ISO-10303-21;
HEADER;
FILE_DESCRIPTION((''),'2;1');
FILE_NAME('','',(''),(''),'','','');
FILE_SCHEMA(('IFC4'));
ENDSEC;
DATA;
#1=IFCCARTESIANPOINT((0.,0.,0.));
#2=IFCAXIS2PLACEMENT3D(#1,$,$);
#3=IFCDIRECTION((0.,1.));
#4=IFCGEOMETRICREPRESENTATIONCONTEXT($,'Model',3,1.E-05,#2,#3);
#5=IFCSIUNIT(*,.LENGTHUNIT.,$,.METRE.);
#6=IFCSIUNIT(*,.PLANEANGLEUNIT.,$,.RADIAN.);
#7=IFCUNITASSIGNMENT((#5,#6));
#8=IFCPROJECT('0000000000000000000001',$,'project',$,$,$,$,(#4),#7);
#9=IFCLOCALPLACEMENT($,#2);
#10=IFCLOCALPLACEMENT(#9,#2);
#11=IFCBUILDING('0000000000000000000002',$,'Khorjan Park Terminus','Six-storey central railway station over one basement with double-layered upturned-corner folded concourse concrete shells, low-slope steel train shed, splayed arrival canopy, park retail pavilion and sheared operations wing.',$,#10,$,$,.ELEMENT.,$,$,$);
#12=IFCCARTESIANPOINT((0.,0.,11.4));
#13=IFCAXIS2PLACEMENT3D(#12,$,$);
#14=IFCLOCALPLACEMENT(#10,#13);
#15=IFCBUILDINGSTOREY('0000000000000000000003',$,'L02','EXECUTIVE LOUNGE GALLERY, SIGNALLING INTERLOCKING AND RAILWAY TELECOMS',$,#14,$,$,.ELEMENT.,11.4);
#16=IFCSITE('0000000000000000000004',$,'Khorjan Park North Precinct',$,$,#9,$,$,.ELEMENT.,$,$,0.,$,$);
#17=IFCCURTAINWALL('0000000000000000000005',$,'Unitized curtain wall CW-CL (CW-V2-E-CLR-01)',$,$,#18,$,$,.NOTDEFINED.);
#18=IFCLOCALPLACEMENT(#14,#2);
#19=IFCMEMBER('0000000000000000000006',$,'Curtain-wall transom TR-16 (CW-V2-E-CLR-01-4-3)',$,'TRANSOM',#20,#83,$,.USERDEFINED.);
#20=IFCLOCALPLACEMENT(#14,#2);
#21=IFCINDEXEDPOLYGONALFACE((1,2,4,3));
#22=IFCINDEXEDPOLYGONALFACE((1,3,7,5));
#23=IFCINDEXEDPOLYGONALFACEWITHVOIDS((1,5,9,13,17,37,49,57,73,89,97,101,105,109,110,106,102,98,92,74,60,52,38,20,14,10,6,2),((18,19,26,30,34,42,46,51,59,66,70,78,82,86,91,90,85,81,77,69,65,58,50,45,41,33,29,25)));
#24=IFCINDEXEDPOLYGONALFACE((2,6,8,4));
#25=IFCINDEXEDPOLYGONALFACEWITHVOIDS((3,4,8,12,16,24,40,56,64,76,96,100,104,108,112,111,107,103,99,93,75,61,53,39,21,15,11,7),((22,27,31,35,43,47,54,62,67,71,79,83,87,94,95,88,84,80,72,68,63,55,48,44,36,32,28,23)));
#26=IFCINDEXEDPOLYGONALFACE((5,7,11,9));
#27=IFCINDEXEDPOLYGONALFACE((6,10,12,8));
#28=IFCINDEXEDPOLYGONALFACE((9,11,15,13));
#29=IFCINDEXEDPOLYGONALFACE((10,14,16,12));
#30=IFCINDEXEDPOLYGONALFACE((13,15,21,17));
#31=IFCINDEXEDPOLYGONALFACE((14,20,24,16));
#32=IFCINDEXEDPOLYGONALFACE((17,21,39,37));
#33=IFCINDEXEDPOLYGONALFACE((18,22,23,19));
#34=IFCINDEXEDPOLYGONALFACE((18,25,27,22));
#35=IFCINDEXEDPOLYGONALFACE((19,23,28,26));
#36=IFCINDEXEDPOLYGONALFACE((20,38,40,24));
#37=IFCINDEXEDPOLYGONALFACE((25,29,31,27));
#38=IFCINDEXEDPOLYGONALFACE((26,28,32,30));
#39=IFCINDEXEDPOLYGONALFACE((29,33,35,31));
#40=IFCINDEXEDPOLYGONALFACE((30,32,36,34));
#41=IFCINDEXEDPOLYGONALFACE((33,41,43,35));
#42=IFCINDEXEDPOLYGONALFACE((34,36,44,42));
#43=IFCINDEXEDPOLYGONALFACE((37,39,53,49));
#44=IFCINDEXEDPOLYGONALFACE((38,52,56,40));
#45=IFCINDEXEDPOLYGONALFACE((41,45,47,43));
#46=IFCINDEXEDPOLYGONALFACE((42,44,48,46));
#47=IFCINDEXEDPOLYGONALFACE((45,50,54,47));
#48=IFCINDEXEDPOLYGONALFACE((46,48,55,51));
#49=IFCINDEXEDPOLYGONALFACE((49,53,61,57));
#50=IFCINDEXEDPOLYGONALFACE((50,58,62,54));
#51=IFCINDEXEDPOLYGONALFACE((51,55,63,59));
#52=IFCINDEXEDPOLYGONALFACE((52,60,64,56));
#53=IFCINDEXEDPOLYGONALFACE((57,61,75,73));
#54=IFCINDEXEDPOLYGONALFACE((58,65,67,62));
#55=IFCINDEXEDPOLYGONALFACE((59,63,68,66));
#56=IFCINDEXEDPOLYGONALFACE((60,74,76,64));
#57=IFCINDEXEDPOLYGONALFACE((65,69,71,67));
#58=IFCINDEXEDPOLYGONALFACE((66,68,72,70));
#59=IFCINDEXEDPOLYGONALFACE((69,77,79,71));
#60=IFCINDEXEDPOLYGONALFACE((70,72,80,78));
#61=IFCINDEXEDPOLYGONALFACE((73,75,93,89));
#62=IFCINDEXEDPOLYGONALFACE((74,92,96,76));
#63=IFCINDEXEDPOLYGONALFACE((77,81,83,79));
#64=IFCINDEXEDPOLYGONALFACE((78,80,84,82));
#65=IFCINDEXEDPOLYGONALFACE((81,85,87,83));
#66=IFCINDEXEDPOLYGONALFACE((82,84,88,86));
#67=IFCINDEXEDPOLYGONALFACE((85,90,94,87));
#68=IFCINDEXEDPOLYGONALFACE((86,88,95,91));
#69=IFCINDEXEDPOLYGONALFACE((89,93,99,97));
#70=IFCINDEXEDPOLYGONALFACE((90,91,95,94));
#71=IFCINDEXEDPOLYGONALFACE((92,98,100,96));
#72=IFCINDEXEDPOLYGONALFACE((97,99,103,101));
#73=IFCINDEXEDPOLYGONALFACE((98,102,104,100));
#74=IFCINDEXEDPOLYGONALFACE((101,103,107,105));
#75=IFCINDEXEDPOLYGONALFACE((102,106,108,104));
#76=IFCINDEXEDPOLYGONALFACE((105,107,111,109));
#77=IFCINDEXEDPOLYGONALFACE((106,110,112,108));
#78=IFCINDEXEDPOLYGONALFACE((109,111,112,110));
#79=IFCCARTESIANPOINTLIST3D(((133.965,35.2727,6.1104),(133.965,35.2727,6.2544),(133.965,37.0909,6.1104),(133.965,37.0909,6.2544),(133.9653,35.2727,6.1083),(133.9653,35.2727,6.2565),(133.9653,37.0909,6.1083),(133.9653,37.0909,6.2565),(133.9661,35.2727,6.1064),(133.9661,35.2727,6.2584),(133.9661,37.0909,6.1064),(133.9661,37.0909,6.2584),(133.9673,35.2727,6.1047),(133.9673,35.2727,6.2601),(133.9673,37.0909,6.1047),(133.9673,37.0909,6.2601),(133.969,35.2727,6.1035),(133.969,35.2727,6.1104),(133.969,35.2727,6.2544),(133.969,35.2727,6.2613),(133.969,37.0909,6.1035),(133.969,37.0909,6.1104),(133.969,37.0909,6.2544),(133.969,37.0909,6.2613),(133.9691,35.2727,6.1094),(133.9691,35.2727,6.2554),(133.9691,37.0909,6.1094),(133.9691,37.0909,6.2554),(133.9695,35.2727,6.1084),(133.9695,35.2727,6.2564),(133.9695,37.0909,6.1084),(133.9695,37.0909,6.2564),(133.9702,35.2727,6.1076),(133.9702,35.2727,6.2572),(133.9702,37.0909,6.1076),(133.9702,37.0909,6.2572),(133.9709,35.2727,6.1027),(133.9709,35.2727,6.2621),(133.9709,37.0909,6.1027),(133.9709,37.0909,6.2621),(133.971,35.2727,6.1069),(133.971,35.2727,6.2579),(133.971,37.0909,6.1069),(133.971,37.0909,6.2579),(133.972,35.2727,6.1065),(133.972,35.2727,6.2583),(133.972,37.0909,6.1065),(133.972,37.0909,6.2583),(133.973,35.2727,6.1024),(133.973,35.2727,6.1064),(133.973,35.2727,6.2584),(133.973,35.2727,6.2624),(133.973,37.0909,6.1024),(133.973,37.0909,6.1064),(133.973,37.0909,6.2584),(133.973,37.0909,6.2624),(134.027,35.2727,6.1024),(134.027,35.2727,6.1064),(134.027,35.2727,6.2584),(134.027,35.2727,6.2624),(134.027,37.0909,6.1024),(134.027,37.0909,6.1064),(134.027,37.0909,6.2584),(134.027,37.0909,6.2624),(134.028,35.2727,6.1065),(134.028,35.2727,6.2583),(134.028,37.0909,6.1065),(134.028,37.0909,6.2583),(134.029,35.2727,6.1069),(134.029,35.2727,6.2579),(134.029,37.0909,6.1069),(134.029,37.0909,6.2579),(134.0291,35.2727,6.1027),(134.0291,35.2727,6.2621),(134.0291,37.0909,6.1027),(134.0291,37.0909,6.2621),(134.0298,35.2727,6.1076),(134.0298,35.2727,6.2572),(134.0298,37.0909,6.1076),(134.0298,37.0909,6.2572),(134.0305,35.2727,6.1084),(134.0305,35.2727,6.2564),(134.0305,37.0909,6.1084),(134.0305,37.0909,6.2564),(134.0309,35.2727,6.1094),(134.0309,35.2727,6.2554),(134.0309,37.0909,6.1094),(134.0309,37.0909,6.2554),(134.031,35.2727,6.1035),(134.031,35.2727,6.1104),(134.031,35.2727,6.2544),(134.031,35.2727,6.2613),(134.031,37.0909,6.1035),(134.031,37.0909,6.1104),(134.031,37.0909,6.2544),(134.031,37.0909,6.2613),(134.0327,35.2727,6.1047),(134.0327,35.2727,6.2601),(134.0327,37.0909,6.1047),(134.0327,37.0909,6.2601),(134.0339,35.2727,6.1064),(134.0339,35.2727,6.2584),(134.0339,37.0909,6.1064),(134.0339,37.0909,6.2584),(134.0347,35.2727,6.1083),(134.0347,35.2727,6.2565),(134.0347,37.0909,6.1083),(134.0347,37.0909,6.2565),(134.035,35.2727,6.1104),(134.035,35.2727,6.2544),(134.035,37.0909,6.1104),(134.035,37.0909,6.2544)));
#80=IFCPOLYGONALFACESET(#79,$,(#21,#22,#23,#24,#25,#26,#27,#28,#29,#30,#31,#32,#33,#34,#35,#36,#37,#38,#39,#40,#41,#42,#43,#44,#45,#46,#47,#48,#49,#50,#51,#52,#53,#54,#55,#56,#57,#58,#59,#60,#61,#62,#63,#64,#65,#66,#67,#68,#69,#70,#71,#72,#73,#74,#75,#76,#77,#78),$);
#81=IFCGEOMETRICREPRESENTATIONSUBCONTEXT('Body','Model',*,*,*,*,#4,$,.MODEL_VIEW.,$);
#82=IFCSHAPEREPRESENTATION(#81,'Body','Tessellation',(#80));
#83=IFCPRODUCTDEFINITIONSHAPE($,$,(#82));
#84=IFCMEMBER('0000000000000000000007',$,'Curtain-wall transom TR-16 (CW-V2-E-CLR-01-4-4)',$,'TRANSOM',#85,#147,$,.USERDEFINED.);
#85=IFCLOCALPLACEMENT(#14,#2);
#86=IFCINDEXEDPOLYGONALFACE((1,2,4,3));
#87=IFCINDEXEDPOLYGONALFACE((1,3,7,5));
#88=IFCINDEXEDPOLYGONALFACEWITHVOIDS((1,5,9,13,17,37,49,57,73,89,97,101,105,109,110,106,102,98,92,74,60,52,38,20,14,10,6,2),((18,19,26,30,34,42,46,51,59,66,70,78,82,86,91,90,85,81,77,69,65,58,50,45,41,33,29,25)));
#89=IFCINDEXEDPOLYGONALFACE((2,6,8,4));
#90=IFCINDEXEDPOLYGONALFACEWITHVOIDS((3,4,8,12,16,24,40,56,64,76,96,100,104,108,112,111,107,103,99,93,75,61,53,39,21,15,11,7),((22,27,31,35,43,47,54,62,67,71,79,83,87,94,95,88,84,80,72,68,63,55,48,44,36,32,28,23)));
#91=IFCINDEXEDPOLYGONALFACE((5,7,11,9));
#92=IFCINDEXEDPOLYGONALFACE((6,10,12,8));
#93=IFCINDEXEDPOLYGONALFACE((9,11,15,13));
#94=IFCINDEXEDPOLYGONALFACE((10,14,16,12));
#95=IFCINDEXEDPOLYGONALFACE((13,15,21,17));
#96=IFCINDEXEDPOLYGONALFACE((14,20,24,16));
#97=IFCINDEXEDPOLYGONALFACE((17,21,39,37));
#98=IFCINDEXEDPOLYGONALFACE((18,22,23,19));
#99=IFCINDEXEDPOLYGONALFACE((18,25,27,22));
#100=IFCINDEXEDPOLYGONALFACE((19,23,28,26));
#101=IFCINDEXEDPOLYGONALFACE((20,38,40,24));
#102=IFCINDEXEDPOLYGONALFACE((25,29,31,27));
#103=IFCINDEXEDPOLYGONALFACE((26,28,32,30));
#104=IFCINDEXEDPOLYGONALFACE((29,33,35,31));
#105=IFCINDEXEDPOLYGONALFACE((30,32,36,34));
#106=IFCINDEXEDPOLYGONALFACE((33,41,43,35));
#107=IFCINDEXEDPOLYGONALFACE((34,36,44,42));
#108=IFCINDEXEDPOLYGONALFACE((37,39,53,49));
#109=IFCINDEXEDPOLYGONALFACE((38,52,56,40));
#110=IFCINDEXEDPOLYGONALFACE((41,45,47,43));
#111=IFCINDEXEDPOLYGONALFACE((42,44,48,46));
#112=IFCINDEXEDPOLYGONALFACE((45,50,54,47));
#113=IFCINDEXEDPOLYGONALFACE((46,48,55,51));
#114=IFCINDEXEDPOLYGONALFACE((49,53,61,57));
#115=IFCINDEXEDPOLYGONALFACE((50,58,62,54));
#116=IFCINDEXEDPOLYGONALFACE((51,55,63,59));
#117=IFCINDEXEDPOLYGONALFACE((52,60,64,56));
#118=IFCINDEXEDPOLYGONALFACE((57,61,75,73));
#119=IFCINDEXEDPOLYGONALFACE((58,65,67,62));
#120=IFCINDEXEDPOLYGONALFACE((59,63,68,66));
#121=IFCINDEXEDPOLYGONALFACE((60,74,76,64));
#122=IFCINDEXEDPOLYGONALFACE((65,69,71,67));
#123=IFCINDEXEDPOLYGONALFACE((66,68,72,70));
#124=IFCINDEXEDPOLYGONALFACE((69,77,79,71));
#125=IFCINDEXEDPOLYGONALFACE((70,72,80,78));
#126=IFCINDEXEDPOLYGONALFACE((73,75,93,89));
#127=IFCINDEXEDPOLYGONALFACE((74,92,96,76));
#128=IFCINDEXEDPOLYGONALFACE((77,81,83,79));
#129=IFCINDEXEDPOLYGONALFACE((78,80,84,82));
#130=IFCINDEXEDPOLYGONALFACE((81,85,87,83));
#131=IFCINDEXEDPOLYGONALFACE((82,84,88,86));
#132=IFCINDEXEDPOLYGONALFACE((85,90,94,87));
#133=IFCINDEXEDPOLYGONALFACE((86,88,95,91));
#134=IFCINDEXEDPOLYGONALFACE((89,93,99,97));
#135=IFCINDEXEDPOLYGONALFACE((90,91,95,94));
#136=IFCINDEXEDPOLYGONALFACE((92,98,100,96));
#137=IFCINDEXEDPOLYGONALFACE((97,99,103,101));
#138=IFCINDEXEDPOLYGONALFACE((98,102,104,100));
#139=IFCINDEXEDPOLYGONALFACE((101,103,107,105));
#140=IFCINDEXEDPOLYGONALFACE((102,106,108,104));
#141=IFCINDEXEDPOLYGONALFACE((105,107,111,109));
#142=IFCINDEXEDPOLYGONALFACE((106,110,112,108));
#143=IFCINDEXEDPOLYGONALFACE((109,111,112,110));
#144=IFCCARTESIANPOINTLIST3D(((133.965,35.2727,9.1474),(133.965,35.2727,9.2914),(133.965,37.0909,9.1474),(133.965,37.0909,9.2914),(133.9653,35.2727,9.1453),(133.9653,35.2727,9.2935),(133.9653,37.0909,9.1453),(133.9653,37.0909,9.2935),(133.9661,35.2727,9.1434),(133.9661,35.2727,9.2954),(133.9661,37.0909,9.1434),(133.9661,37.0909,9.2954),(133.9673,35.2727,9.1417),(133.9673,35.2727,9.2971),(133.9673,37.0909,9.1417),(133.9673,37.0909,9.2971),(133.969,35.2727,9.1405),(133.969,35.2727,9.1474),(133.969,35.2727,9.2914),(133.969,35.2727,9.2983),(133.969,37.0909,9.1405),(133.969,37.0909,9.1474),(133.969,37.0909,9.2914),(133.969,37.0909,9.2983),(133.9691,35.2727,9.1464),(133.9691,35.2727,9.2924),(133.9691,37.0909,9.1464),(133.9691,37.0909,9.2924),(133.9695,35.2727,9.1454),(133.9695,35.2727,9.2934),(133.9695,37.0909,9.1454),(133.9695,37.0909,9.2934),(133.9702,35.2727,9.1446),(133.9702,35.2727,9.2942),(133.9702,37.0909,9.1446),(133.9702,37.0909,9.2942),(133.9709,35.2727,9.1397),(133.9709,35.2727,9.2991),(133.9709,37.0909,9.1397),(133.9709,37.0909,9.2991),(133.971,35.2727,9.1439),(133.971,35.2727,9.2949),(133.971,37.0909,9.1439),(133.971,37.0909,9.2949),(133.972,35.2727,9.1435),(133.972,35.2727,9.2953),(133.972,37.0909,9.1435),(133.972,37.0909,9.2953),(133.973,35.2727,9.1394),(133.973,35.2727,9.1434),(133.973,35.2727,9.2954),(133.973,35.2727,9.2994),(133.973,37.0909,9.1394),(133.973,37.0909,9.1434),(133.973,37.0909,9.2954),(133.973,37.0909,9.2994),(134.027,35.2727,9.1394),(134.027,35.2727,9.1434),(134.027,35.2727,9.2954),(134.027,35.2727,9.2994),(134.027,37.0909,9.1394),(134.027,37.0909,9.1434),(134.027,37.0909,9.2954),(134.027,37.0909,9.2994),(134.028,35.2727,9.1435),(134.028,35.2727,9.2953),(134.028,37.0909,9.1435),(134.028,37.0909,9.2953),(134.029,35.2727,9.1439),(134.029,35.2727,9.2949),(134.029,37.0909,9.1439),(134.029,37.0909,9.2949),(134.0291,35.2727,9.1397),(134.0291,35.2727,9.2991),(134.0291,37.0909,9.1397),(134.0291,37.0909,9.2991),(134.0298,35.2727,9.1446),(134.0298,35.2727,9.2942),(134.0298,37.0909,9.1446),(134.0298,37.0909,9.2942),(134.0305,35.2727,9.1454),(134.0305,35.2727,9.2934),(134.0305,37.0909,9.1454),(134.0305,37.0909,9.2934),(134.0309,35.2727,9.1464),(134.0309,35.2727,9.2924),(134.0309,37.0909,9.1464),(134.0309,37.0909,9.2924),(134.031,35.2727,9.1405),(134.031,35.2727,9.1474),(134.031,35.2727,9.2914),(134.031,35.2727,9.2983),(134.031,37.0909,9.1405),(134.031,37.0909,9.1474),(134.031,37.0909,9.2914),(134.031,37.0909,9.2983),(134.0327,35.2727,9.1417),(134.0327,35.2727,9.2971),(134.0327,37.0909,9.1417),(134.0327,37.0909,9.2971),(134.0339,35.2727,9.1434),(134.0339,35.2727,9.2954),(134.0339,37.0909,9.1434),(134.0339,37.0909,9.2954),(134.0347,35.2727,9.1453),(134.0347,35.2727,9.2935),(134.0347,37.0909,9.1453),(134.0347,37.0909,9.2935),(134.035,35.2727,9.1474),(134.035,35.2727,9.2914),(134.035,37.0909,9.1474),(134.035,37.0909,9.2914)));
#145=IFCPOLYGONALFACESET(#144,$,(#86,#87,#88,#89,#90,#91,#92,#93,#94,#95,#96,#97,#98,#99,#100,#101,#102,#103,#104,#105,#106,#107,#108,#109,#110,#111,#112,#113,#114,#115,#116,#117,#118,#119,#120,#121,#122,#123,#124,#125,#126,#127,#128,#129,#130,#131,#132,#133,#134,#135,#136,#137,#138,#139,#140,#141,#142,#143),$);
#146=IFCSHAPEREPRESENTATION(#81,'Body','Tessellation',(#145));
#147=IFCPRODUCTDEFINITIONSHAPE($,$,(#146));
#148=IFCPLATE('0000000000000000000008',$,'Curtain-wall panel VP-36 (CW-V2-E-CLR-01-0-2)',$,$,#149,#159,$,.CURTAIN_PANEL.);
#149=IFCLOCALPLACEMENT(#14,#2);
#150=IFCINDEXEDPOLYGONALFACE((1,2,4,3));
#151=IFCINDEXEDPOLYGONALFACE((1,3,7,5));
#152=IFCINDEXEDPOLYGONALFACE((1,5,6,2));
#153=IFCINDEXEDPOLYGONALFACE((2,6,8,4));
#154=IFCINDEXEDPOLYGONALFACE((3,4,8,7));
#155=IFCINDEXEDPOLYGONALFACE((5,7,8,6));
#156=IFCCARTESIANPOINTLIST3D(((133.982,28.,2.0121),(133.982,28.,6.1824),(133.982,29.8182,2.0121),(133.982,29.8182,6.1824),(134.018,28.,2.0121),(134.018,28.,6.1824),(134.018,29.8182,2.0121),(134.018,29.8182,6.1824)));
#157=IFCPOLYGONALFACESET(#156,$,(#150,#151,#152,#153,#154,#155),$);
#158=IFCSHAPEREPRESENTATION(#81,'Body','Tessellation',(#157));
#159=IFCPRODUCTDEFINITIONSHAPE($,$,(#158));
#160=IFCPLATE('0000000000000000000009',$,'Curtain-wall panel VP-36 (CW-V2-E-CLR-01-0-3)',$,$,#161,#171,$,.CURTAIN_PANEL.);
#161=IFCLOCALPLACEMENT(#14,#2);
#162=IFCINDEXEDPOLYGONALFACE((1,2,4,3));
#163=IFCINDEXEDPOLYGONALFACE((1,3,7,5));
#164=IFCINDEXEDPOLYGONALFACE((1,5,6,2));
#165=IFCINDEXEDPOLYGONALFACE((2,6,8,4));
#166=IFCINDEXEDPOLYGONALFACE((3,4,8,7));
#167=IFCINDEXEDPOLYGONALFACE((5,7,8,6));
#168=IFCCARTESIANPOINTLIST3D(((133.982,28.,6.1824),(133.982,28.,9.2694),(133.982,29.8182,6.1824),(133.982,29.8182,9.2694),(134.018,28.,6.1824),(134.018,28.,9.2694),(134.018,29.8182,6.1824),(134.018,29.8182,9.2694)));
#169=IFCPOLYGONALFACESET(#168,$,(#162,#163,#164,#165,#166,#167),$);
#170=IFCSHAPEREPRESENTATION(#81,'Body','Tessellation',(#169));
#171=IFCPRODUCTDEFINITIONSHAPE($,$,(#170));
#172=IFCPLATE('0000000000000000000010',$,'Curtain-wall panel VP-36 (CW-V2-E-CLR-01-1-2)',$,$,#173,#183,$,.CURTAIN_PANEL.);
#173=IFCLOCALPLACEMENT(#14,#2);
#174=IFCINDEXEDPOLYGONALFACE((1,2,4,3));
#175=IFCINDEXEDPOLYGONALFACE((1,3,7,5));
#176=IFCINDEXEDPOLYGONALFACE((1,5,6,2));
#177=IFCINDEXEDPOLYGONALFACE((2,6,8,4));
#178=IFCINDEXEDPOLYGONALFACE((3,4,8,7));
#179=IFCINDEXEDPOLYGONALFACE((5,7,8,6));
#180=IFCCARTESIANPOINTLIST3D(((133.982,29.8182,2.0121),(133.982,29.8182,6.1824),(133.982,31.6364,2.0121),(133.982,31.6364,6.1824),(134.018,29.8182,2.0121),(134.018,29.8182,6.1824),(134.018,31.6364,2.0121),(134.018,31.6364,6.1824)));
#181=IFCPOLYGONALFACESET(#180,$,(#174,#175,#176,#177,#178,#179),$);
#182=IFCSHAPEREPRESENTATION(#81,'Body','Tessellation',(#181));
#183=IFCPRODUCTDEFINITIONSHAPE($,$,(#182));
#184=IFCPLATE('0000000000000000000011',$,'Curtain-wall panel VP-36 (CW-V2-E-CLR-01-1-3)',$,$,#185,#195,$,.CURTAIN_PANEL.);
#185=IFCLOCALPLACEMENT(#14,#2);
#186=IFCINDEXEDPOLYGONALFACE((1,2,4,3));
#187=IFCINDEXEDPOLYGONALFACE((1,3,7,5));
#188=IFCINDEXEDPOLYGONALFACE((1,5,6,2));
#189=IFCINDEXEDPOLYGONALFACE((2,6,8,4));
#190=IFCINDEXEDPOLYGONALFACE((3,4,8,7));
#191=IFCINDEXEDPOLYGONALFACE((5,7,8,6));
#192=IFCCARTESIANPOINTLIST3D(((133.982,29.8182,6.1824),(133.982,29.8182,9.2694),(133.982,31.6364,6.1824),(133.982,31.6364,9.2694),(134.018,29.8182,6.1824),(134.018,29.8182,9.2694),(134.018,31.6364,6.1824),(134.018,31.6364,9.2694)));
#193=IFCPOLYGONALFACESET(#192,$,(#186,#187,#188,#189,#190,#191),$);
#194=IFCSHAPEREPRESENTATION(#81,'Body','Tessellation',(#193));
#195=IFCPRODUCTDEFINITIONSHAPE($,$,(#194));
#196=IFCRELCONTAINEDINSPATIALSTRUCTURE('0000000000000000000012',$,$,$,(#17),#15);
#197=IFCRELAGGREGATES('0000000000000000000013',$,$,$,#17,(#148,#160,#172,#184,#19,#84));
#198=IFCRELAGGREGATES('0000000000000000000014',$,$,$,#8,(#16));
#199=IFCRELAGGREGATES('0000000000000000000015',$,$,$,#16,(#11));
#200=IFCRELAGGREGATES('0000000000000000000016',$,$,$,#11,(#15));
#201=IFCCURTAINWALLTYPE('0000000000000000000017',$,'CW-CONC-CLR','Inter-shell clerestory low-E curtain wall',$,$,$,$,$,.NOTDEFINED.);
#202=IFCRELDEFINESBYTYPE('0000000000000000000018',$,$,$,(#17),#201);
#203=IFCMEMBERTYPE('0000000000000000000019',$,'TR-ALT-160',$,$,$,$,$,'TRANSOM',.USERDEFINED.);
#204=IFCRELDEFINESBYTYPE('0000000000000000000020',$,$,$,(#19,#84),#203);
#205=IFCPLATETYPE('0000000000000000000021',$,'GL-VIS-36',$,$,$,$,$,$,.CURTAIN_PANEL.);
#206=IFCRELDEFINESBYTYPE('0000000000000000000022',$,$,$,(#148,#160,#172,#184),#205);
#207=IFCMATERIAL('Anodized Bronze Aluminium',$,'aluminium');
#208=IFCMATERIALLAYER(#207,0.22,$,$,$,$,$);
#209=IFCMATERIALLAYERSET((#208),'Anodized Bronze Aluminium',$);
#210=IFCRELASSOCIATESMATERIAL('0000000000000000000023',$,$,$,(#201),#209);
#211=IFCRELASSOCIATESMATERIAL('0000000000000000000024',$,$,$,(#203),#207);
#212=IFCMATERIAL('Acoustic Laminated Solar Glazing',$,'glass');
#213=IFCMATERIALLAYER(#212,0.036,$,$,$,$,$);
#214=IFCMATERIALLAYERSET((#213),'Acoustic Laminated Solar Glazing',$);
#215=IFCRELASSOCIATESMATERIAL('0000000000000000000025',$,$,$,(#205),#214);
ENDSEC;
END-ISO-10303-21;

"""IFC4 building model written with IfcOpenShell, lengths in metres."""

from ifc_helpers import new_model, si_unit, direction, frame, origin, origin_2d, place, context, subcontext, project, spatial, rectangle, hollow_rectangle, extrude, material, layer, layer_set, material_profile, profile_set, type_object, element, aggregate, save


model = new_model("IFC4")

# Units and contexts
model_context = context("Model", 3, precision=1e-05, world=origin(), true_north=direction((0.0, 1.0)))
body_context = subcontext(model_context, "Body", "Model", "MODEL_VIEW")
ifc_project = project(units=[si_unit("LENGTHUNIT", "METRE"), si_unit("PLANEANGLEUNIT", "RADIAN")], contexts=[model_context])

# Site, building, storey
site_placement = place(None, origin())
site = spatial("IfcSite", under=ifc_project, at=site_placement, Name="Khorjan Park North Precinct", CompositionType="ELEMENT", RefElevation=0.0)
building_placement = place(site_placement, origin())
building = spatial("IfcBuilding", under=site, at=building_placement, Name="Khorjan Park Terminus", Description="Six-storey central railway station over one basement with double-layered upturned-corner folded concourse concrete shells, low-slope steel train shed, splayed arrival canopy, park retail pavilion and sheared operations wing.", CompositionType="ELEMENT")
storey_placement = place(building_placement, frame((0.0, 0.0, 11.4)))
storey = spatial("IfcBuildingStorey", under=building, at=storey_placement, Name="L02", Description="EXECUTIVE LOUNGE GALLERY, SIGNALLING INTERLOCKING AND RAILWAY TELECOMS", CompositionType="ELEMENT", Elevation=11.4)

# Curtain wall, members, plates
ifc_material_1 = material(Name="Anodized Bronze Aluminium", Category="aluminium")
ifc_layer_1 = layer(ifc_material_1, 0.22)
ifc_layer_set_1 = layer_set([ifc_layer_1], Name="Anodized Bronze Aluminium")
curtain_wall_type = type_object("IfcCurtainWallType", Name="CW-CONC-CLR", Description="Inter-shell clerestory low-E curtain wall", PredefinedType="NOTDEFINED", material=ifc_layer_set_1)
curtain_wall_placement = place(storey_placement, origin())
curtain_wall = element("IfcCurtainWall", 1, at=curtain_wall_placement, inside=storey, type_object=curtain_wall_type, Name="Unitized curtain wall CW-CL (CW-V2-E-CLR-01)", PredefinedType="NOTDEFINED")
ifc_material_profile_1 = material_profile(ifc_material_1, hollow_rectangle(XDim=0.07, YDim=0.16, WallThickness=0.004, InnerFilletRadius=0.004, OuterFilletRadius=0.008, at=origin_2d()), Name="ALT 70x160x4")
ifc_profile_set_1 = profile_set([ifc_material_profile_1], Name="Anodized Bronze Aluminium")
member_type_1 = type_object("IfcMemberType", Name="TR-ALT-160", ElementType="TRANSOM", PredefinedType="USERDEFINED", material=ifc_profile_set_1)
member_1_placement = place(storey_placement, frame((134.0, 35.2727, 6.1824), z_axis=(0.0, 1.0, 0.0), x_axis=(-1.0, 0.0, 0.0)))
member_1 = element("IfcMember", 2, at=member_1_placement, type_object=member_type_1, Name="Curtain-wall transom TR-16 (CW-V2-E-CLR-01-4-3)", ObjectType="TRANSOM", PredefinedType="USERDEFINED", context=body_context, shape_type="SweptSolid", body=[
    extrude(hollow_rectangle(XDim=0.07, YDim=0.16, WallThickness=0.004, InnerFilletRadius=0.004, OuterFilletRadius=0.008, at=origin_2d()), origin(), (0.0, 0.0, 1.0), 1.8182),
])
member_2_placement = place(storey_placement, frame((134.0, 35.2727, 9.2194), z_axis=(0.0, 1.0, 0.0), x_axis=(-1.0, 0.0, 0.0)))
member_2 = element("IfcMember", 3, at=member_2_placement, type_object=member_type_1, Name="Curtain-wall transom TR-16 (CW-V2-E-CLR-01-4-4)", ObjectType="TRANSOM", PredefinedType="USERDEFINED", context=body_context, shape_type="SweptSolid", body=[
    extrude(hollow_rectangle(XDim=0.07, YDim=0.16, WallThickness=0.004, InnerFilletRadius=0.004, OuterFilletRadius=0.008, at=origin_2d()), origin(), (0.0, 0.0, 1.0), 1.8182),
])
ifc_material_2 = material(Name="Acoustic Laminated Solar Glazing", Category="glass")
ifc_layer_2 = layer(ifc_material_2, 0.036)
ifc_layer_set_2 = layer_set([ifc_layer_2], Name="Acoustic Laminated Solar Glazing")
plate_type = type_object("IfcPlateType", Name="GL-VIS-36", PredefinedType="CURTAIN_PANEL", material=ifc_layer_set_2)
plate_1_placement = place(storey_placement, frame((134.0, 28.9091, 2.0121), z_axis=(0.0, 0.0, 1.0), x_axis=(0.0, 1.0, 0.0)))
plate_1 = element("IfcPlate", 4, at=plate_1_placement, type_object=plate_type, Name="Curtain-wall panel VP-36 (CW-V2-E-CLR-01-0-2)", PredefinedType="CURTAIN_PANEL", context=body_context, shape_type="SweptSolid", body=[
    extrude(rectangle(XDim=1.8182, YDim=0.036, at=origin_2d()), origin(), (0.0, 0.0, 1.0), 4.1703),
])
plate_2_placement = place(storey_placement, frame((134.0, 28.9091, 6.1824), z_axis=(0.0, 0.0, 1.0), x_axis=(0.0, 1.0, 0.0)))
plate_2 = element("IfcPlate", 5, at=plate_2_placement, type_object=plate_type, Name="Curtain-wall panel VP-36 (CW-V2-E-CLR-01-0-3)", PredefinedType="CURTAIN_PANEL", context=body_context, shape_type="SweptSolid", body=[
    extrude(rectangle(XDim=1.8182, YDim=0.036, at=origin_2d()), origin(), (0.0, 0.0, 1.0), 3.087),
])
plate_3_placement = place(storey_placement, frame((134.0, 30.7273, 2.0121), z_axis=(0.0, 0.0, 1.0), x_axis=(0.0, 1.0, 0.0)))
plate_3 = element("IfcPlate", 6, at=plate_3_placement, type_object=plate_type, Name="Curtain-wall panel VP-36 (CW-V2-E-CLR-01-1-2)", PredefinedType="CURTAIN_PANEL", context=body_context, shape_type="SweptSolid", body=[
    extrude(rectangle(XDim=1.8182, YDim=0.036, at=origin_2d()), origin(), (0.0, 0.0, 1.0), 4.1703),
])
plate_4_placement = place(storey_placement, frame((134.0, 30.7273, 6.1824), z_axis=(0.0, 0.0, 1.0), x_axis=(0.0, 1.0, 0.0)))
plate_4 = element("IfcPlate", 7, at=plate_4_placement, type_object=plate_type, Name="Curtain-wall panel VP-36 (CW-V2-E-CLR-01-1-3)", PredefinedType="CURTAIN_PANEL", context=body_context, shape_type="SweptSolid", body=[
    extrude(rectangle(XDim=1.8182, YDim=0.036, at=origin_2d()), origin(), (0.0, 0.0, 1.0), 3.087),
])
aggregate(curtain_wall, [plate_1, plate_2, plate_3, plate_4, member_1, member_2])

save(model, "model.ifc")
